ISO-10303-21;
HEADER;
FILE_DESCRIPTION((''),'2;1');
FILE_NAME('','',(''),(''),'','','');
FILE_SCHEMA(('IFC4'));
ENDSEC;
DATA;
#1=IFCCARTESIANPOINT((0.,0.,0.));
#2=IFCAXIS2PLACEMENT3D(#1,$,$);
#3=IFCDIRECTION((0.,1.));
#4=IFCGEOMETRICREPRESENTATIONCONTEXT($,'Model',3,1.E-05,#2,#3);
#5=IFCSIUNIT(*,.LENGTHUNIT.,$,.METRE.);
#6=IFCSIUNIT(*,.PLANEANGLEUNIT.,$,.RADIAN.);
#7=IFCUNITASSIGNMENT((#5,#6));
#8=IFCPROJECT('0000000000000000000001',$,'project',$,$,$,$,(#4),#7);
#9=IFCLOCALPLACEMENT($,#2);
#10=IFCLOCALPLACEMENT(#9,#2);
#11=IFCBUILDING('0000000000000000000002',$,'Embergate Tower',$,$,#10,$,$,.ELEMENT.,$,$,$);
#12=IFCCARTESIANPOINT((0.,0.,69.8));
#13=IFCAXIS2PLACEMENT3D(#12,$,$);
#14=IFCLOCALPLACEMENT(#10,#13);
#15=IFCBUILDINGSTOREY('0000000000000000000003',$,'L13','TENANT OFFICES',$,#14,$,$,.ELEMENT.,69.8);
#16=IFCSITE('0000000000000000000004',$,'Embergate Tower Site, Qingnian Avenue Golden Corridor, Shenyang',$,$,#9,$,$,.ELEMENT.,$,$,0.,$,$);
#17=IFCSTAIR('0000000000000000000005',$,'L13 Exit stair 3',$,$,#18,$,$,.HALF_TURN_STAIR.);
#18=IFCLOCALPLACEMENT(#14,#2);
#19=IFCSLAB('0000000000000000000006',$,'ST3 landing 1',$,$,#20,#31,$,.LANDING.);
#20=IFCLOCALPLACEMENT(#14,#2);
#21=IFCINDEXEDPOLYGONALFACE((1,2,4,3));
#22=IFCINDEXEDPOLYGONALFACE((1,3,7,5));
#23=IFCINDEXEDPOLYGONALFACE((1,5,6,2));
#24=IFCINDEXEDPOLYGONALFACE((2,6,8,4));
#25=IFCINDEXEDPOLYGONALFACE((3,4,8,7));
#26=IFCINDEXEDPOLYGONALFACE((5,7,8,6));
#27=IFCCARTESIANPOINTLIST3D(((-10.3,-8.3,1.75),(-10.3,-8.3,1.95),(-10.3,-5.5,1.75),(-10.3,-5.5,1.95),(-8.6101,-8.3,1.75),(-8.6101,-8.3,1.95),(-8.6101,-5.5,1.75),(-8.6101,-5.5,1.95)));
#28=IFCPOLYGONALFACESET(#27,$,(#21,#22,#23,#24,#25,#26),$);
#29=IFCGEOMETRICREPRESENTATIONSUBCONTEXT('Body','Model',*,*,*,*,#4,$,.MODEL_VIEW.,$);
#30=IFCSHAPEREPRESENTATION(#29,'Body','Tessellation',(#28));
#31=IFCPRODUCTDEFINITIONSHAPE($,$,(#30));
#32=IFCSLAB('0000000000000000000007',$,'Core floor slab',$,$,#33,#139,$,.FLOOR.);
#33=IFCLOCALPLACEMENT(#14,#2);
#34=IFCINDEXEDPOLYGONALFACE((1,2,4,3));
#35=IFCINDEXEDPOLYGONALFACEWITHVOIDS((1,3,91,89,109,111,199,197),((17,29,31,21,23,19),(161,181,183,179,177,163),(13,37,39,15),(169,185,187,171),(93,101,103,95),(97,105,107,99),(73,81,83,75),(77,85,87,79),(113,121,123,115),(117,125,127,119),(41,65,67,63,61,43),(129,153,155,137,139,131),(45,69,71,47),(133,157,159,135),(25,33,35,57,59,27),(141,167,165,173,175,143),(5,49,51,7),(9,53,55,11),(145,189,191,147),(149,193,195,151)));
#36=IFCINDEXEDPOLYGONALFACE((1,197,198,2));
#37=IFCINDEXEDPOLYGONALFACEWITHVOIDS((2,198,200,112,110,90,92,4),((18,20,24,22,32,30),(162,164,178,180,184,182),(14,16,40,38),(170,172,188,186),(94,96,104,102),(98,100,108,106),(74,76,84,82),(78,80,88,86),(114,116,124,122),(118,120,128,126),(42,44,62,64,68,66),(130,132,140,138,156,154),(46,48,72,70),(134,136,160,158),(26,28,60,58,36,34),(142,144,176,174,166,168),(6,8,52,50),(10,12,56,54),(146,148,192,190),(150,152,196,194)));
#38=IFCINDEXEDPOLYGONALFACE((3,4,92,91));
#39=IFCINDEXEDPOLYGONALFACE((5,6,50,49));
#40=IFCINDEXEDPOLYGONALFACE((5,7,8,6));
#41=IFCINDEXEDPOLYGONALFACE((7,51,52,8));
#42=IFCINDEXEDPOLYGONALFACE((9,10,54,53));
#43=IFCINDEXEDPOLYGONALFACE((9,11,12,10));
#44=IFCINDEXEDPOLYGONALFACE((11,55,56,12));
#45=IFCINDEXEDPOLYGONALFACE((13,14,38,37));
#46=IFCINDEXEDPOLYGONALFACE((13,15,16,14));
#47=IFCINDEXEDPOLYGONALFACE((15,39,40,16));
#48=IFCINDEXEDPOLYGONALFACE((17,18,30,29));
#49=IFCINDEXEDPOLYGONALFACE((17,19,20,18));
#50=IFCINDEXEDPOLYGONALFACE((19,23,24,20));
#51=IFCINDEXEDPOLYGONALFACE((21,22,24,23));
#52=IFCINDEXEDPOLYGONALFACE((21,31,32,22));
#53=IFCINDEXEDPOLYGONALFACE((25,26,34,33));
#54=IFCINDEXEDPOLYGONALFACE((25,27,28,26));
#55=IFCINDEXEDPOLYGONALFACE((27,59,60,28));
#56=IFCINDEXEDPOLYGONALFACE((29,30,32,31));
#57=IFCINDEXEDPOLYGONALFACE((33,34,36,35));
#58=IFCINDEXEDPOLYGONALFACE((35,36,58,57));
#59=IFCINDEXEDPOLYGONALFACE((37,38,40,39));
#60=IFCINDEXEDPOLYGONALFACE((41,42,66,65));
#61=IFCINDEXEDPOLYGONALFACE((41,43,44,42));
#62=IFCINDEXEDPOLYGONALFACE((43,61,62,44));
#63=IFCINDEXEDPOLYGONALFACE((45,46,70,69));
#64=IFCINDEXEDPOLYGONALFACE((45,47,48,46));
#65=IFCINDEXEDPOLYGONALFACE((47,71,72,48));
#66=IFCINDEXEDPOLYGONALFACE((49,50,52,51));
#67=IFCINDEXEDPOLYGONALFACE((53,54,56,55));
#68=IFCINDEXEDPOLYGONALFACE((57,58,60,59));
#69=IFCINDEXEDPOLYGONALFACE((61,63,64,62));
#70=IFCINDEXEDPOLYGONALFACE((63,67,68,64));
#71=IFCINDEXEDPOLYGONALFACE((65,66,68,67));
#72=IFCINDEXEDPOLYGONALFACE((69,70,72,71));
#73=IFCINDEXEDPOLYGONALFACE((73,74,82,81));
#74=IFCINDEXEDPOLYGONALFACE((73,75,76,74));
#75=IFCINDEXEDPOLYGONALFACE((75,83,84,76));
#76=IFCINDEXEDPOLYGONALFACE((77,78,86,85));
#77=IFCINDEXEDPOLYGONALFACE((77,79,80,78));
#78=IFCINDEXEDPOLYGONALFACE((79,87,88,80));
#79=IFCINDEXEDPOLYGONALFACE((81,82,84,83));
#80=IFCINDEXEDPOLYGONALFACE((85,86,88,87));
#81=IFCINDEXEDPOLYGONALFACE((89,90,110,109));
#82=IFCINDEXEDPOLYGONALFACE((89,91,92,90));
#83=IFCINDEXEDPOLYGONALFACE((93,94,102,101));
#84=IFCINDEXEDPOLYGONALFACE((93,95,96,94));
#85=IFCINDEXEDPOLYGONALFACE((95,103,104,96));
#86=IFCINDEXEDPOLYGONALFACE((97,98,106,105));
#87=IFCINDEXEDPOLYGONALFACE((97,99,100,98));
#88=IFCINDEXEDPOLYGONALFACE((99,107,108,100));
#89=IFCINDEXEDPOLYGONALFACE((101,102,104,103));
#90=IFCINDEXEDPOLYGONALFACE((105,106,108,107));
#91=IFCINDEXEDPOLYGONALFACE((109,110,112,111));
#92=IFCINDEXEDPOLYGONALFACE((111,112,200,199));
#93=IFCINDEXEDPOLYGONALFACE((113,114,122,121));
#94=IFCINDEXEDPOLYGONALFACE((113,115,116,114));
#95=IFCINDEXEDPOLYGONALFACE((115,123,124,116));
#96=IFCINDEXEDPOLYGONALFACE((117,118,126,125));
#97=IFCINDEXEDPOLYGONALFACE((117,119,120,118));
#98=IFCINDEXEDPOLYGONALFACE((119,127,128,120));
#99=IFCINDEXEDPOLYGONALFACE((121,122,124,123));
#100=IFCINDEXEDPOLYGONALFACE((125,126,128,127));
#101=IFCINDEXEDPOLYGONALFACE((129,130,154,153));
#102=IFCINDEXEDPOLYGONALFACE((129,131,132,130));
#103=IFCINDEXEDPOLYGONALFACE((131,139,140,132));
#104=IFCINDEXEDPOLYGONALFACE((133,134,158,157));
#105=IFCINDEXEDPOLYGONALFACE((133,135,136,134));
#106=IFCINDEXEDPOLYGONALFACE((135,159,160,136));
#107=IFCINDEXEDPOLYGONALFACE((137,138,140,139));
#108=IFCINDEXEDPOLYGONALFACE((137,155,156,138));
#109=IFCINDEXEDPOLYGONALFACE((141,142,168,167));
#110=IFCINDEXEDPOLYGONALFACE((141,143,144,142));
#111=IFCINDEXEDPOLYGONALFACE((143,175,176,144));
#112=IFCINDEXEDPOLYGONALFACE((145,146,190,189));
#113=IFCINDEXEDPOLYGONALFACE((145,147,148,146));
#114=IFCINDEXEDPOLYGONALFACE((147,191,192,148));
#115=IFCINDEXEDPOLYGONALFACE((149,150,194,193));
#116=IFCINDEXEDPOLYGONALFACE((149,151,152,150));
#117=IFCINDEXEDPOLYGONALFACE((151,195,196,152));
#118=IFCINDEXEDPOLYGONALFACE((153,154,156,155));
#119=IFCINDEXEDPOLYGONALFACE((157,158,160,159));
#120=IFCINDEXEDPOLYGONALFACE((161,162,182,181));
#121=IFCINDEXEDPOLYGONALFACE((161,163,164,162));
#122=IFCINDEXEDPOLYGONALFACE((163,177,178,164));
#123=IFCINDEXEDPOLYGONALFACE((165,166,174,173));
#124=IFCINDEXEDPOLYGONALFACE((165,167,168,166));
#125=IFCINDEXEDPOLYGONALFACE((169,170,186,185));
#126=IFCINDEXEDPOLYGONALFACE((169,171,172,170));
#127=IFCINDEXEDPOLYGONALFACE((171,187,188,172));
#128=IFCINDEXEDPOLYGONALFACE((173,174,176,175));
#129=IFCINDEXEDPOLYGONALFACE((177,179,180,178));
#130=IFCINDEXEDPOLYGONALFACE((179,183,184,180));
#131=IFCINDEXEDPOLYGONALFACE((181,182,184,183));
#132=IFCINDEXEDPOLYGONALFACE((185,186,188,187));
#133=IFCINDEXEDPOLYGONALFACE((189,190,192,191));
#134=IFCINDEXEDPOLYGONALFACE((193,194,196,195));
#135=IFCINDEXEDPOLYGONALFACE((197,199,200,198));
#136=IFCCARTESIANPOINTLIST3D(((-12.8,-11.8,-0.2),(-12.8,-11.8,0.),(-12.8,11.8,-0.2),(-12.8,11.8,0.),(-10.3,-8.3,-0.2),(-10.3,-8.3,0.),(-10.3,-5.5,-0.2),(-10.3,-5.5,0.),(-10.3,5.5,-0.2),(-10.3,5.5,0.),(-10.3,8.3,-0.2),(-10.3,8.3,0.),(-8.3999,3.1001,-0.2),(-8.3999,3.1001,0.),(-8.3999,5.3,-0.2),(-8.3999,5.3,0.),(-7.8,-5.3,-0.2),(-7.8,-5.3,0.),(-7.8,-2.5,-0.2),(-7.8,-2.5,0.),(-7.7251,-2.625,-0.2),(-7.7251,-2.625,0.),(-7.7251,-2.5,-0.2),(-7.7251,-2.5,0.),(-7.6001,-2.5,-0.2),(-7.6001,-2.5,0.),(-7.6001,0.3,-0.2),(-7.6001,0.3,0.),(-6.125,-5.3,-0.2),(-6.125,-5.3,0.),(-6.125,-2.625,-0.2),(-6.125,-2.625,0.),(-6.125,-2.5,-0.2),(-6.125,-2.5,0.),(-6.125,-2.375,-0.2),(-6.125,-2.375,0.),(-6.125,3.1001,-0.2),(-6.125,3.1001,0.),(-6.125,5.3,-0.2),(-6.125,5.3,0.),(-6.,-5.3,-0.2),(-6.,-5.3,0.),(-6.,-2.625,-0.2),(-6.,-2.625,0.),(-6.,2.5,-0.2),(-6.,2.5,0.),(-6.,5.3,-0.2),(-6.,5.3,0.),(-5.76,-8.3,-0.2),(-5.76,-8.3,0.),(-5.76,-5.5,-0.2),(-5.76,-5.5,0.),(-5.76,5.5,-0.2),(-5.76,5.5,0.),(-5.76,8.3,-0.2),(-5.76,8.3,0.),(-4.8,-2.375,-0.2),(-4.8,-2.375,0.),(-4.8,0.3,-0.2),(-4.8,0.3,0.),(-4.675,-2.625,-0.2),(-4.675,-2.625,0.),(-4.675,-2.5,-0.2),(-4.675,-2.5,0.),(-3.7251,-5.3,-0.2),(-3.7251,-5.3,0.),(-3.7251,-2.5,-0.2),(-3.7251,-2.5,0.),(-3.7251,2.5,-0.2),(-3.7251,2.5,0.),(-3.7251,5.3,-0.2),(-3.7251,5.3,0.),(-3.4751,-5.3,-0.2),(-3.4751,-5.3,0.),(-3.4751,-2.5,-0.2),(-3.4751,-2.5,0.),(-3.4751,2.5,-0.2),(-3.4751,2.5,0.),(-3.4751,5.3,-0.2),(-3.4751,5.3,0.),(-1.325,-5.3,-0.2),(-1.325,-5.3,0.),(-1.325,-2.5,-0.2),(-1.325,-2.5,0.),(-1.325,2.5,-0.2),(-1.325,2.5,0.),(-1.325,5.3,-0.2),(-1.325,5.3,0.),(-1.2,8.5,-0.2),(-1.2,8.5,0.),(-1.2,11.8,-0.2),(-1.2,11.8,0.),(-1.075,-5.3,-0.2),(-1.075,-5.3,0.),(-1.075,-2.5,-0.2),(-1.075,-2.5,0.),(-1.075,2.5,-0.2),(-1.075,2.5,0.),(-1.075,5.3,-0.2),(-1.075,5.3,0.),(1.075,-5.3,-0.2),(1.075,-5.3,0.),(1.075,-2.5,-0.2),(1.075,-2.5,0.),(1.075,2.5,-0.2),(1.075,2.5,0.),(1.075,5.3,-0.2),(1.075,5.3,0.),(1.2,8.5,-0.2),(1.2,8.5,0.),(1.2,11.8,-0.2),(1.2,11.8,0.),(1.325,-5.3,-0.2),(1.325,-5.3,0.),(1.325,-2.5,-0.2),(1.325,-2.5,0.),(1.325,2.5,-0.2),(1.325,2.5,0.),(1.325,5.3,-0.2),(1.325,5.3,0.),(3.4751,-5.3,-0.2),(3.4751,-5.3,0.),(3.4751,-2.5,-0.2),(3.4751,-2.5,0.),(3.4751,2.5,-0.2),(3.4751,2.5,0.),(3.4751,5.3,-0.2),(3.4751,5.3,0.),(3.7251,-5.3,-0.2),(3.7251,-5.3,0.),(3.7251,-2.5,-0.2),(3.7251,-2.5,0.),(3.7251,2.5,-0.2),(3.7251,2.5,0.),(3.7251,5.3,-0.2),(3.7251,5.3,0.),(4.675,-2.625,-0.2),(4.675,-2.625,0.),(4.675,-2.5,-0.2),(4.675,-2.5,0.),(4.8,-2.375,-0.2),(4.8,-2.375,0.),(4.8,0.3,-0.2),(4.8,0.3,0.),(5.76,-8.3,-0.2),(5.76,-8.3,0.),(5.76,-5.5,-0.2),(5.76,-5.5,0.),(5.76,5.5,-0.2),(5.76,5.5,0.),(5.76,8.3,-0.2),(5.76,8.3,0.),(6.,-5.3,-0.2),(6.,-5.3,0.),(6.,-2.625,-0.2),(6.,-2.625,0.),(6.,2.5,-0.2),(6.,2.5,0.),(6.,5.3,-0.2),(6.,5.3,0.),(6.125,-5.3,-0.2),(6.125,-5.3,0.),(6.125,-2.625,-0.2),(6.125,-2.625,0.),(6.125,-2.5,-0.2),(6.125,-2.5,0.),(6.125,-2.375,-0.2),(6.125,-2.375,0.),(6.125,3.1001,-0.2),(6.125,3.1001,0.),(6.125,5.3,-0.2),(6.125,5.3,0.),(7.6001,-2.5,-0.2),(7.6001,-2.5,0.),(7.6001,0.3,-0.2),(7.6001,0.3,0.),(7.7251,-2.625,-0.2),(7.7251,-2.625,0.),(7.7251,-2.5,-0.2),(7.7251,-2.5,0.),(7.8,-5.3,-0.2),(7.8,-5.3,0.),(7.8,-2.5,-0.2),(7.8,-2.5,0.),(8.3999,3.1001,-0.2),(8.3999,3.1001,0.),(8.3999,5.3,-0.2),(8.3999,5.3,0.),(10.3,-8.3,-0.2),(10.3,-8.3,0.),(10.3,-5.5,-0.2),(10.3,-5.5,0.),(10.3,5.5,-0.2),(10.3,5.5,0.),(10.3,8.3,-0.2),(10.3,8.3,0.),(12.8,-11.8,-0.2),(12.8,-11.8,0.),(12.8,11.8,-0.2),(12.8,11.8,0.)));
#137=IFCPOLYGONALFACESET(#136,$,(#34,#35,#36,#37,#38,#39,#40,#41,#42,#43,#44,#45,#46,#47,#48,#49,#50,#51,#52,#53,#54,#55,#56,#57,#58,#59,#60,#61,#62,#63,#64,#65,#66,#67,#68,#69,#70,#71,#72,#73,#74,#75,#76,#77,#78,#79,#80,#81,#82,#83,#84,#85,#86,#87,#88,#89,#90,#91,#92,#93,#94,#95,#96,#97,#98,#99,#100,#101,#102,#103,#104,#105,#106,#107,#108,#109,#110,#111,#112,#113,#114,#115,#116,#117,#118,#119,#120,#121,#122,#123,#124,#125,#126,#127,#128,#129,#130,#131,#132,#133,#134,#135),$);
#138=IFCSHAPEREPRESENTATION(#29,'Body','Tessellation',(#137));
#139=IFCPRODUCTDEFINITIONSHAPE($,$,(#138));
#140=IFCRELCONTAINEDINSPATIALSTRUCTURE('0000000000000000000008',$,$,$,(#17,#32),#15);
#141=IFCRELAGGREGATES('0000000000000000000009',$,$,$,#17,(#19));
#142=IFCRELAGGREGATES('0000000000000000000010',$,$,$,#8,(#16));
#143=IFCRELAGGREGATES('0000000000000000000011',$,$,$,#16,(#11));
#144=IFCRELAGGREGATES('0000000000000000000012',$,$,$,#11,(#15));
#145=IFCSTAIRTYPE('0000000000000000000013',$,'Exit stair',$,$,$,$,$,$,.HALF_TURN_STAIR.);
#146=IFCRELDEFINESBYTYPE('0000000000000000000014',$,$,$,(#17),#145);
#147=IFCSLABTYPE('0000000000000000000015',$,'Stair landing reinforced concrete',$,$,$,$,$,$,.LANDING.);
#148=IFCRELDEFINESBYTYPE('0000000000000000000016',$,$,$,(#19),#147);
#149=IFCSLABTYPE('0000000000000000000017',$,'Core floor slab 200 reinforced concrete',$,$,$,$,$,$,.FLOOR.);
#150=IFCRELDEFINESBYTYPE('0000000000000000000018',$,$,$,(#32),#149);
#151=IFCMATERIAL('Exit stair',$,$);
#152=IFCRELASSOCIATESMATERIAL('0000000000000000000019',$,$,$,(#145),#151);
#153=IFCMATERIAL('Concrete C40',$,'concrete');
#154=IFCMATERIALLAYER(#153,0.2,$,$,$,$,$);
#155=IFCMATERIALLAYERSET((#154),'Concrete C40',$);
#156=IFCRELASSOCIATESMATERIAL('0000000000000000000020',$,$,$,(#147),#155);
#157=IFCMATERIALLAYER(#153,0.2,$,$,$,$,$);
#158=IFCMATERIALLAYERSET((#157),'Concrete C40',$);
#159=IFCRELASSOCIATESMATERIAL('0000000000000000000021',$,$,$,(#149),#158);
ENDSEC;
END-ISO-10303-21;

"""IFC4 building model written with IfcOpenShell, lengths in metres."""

from ifc_helpers import new_model, si_unit, direction, frame, origin, place, context, subcontext, project, spatial, polyline, outline, extrude, source, transform, mapped, material, layer, layer_set, type_object, element, aggregate, save


model = new_model("IFC4")

# Units and contexts
model_context = context("Model", 3, precision=1e-05, world=origin(), true_north=direction((0.0, 1.0)))
body_context = subcontext(model_context, "Body", "Model", "MODEL_VIEW")
ifc_project = project(units=[si_unit("LENGTHUNIT", "METRE"), si_unit("PLANEANGLEUNIT", "RADIAN")], contexts=[model_context])

# Site, building, storey
site_placement = place(None, origin())
site = spatial("IfcSite", under=ifc_project, at=site_placement, Name="Embergate Tower Site, Qingnian Avenue Golden Corridor, Shenyang", CompositionType="ELEMENT", RefElevation=0.0)
building_placement = place(site_placement, origin())
building = spatial("IfcBuilding", under=site, at=building_placement, Name="Embergate Tower", CompositionType="ELEMENT")
storey_placement = place(building_placement, frame((0.0, 0.0, 69.8)))
storey = spatial("IfcBuildingStorey", under=building, at=storey_placement, Name="L13", Description="TENANT OFFICES", CompositionType="ELEMENT", Elevation=69.8)

# Stair, slab
ifc_material_1 = material(Name="Exit stair")
stair_type = type_object("IfcStairType", Name="Exit stair", PredefinedType="HALF_TURN_STAIR", material=ifc_material_1)
stair_placement = place(storey_placement, origin())
stair = element("IfcStair", 1, at=stair_placement, inside=storey, type_object=stair_type, Name="L13 Exit stair 3", PredefinedType="HALF_TURN_STAIR")
ifc_material_2 = material(Name="Concrete C40", Category="concrete")
ifc_layer_1 = layer(ifc_material_2, 0.2)
ifc_layer_set_1 = layer_set([ifc_layer_1], Name="Concrete C40")
slab_type_1 = type_object("IfcSlabType", Name="Stair landing reinforced concrete", PredefinedType="LANDING", material=ifc_layer_set_1)
shared_shape_1 = source(origin(), body_context, "Body", "SweptSolid", [
    extrude(outline(polyline([(0.0, 0.0), (1.6899, 0.0), (1.6899, 2.8), (0.0, 2.8), (0.0, 0.0)])), origin(), (0.0, 0.0, 1.0), 0.2),
])
slab_1_placement = place(storey_placement, frame((-10.3, -8.3, 1.75)))
slab_1 = element("IfcSlab", 2, at=slab_1_placement, type_object=slab_type_1, Name="ST3 landing 1", PredefinedType="LANDING", context=body_context, shape_type="MappedRepresentation", body=[
    mapped(shared_shape_1, transform((0.0, 0.0, 0.0))),
])

# Slab
ifc_layer_2 = layer(ifc_material_2, 0.2)
ifc_layer_set_2 = layer_set([ifc_layer_2], Name="Concrete C40")
slab_type_2 = type_object("IfcSlabType", Name="Core floor slab 200 reinforced concrete", PredefinedType="FLOOR", material=ifc_layer_set_2)
shared_shape_2 = source(origin(), body_context, "Body", "SweptSolid", [
    extrude(outline(polyline([(0.0, 0.0), (25.6001, 0.0), (25.6001, 23.6001), (14.0, 23.6001), (14.0, 20.3), (11.6001, 20.3), (11.6001, 23.6001), (0.0, 23.6001), (0.0, 0.0)]), holes=[polyline([(2.5, 3.5), (2.5, 6.3), (7.04, 6.3), (7.04, 3.5), (2.5, 3.5)]), polyline([(18.5601, 3.5), (18.5601, 6.3), (23.1001, 6.3), (23.1001, 3.5), (18.5601, 3.5)]), polyline([(5.0, 6.5), (5.0, 9.3), (5.075, 9.3), (5.075, 9.175), (6.675, 9.175), (6.675, 6.5), (5.0, 6.5)]), polyline([(6.8, 6.5), (6.8, 9.175), (8.125, 9.175), (8.125, 9.3), (9.075, 9.3), (9.075, 6.5), (6.8, 6.5)]), polyline([(9.325, 6.5), (9.325, 9.3), (11.4751, 9.3), (11.4751, 6.5), (9.325, 6.5)]), polyline([(11.7251, 6.5), (11.7251, 9.3), (13.875, 9.3), (13.875, 6.5), (11.7251, 6.5)]), polyline([(14.125, 6.5), (14.125, 9.3), (16.2751, 9.3), (16.2751, 6.5), (14.125, 6.5)]), polyline([(16.5251, 6.5), (16.5251, 9.3), (17.4751, 9.3), (17.4751, 9.175), (18.8, 9.175), (18.8, 6.5), (16.5251, 6.5)]), polyline([(18.925, 6.5), (18.925, 9.175), (20.5251, 9.175), (20.5251, 9.3), (20.6001, 9.3), (20.6001, 6.5), (18.925, 6.5)]), polyline([(5.2, 9.3), (5.2, 12.1001), (8.0, 12.1001), (8.0, 9.425), (6.675, 9.425), (6.675, 9.3), (5.2, 9.3)]), polyline([(18.925, 9.3), (18.925, 9.425), (17.6001, 9.425), (17.6001, 12.1001), (20.4001, 12.1001), (20.4001, 9.3), (18.925, 9.3)]), polyline([(6.8, 14.3), (6.8, 17.1001), (9.075, 17.1001), (9.075, 14.3), (6.8, 14.3)]), polyline([(9.325, 14.3), (9.325, 17.1001), (11.4751, 17.1001), (11.4751, 14.3), (9.325, 14.3)]), polyline([(11.7251, 14.3), (11.7251, 17.1001), (13.875, 17.1001), (13.875, 14.3), (11.7251, 14.3)]), polyline([(14.125, 14.3), (14.125, 17.1001), (16.2751, 17.1001), (16.2751, 14.3), (14.125, 14.3)]), polyline([(16.5251, 14.3), (16.5251, 17.1001), (18.8, 17.1001), (18.8, 14.3), (16.5251, 14.3)]), polyline([(4.4001, 14.9001), (4.4001, 17.1001), (6.675, 17.1001), (6.675, 14.9001), (4.4001, 14.9001)]), polyline([(18.925, 14.9001), (18.925, 17.1001), (21.2, 17.1001), (21.2, 14.9001), (18.925, 14.9001)]), polyline([(2.5, 17.3), (2.5, 20.1001), (7.04, 20.1001), (7.04, 17.3), (2.5, 17.3)]), polyline([(18.5601, 17.3), (18.5601, 20.1001), (23.1001, 20.1001), (23.1001, 17.3), (18.5601, 17.3)])]), origin(), (0.0, 0.0, 1.0), 0.2),
])
slab_2_placement = place(storey_placement, frame((-12.8, -11.8, -0.2)))
element("IfcSlab", 3, at=slab_2_placement, inside=storey, type_object=slab_type_2, Name="Core floor slab", PredefinedType="FLOOR", context=body_context, shape_type="MappedRepresentation", body=[
    mapped(shared_shape_2, transform((0.0, 0.0, 0.0))),
])

aggregate(stair, [slab_1])

save(model, "model.ifc")
